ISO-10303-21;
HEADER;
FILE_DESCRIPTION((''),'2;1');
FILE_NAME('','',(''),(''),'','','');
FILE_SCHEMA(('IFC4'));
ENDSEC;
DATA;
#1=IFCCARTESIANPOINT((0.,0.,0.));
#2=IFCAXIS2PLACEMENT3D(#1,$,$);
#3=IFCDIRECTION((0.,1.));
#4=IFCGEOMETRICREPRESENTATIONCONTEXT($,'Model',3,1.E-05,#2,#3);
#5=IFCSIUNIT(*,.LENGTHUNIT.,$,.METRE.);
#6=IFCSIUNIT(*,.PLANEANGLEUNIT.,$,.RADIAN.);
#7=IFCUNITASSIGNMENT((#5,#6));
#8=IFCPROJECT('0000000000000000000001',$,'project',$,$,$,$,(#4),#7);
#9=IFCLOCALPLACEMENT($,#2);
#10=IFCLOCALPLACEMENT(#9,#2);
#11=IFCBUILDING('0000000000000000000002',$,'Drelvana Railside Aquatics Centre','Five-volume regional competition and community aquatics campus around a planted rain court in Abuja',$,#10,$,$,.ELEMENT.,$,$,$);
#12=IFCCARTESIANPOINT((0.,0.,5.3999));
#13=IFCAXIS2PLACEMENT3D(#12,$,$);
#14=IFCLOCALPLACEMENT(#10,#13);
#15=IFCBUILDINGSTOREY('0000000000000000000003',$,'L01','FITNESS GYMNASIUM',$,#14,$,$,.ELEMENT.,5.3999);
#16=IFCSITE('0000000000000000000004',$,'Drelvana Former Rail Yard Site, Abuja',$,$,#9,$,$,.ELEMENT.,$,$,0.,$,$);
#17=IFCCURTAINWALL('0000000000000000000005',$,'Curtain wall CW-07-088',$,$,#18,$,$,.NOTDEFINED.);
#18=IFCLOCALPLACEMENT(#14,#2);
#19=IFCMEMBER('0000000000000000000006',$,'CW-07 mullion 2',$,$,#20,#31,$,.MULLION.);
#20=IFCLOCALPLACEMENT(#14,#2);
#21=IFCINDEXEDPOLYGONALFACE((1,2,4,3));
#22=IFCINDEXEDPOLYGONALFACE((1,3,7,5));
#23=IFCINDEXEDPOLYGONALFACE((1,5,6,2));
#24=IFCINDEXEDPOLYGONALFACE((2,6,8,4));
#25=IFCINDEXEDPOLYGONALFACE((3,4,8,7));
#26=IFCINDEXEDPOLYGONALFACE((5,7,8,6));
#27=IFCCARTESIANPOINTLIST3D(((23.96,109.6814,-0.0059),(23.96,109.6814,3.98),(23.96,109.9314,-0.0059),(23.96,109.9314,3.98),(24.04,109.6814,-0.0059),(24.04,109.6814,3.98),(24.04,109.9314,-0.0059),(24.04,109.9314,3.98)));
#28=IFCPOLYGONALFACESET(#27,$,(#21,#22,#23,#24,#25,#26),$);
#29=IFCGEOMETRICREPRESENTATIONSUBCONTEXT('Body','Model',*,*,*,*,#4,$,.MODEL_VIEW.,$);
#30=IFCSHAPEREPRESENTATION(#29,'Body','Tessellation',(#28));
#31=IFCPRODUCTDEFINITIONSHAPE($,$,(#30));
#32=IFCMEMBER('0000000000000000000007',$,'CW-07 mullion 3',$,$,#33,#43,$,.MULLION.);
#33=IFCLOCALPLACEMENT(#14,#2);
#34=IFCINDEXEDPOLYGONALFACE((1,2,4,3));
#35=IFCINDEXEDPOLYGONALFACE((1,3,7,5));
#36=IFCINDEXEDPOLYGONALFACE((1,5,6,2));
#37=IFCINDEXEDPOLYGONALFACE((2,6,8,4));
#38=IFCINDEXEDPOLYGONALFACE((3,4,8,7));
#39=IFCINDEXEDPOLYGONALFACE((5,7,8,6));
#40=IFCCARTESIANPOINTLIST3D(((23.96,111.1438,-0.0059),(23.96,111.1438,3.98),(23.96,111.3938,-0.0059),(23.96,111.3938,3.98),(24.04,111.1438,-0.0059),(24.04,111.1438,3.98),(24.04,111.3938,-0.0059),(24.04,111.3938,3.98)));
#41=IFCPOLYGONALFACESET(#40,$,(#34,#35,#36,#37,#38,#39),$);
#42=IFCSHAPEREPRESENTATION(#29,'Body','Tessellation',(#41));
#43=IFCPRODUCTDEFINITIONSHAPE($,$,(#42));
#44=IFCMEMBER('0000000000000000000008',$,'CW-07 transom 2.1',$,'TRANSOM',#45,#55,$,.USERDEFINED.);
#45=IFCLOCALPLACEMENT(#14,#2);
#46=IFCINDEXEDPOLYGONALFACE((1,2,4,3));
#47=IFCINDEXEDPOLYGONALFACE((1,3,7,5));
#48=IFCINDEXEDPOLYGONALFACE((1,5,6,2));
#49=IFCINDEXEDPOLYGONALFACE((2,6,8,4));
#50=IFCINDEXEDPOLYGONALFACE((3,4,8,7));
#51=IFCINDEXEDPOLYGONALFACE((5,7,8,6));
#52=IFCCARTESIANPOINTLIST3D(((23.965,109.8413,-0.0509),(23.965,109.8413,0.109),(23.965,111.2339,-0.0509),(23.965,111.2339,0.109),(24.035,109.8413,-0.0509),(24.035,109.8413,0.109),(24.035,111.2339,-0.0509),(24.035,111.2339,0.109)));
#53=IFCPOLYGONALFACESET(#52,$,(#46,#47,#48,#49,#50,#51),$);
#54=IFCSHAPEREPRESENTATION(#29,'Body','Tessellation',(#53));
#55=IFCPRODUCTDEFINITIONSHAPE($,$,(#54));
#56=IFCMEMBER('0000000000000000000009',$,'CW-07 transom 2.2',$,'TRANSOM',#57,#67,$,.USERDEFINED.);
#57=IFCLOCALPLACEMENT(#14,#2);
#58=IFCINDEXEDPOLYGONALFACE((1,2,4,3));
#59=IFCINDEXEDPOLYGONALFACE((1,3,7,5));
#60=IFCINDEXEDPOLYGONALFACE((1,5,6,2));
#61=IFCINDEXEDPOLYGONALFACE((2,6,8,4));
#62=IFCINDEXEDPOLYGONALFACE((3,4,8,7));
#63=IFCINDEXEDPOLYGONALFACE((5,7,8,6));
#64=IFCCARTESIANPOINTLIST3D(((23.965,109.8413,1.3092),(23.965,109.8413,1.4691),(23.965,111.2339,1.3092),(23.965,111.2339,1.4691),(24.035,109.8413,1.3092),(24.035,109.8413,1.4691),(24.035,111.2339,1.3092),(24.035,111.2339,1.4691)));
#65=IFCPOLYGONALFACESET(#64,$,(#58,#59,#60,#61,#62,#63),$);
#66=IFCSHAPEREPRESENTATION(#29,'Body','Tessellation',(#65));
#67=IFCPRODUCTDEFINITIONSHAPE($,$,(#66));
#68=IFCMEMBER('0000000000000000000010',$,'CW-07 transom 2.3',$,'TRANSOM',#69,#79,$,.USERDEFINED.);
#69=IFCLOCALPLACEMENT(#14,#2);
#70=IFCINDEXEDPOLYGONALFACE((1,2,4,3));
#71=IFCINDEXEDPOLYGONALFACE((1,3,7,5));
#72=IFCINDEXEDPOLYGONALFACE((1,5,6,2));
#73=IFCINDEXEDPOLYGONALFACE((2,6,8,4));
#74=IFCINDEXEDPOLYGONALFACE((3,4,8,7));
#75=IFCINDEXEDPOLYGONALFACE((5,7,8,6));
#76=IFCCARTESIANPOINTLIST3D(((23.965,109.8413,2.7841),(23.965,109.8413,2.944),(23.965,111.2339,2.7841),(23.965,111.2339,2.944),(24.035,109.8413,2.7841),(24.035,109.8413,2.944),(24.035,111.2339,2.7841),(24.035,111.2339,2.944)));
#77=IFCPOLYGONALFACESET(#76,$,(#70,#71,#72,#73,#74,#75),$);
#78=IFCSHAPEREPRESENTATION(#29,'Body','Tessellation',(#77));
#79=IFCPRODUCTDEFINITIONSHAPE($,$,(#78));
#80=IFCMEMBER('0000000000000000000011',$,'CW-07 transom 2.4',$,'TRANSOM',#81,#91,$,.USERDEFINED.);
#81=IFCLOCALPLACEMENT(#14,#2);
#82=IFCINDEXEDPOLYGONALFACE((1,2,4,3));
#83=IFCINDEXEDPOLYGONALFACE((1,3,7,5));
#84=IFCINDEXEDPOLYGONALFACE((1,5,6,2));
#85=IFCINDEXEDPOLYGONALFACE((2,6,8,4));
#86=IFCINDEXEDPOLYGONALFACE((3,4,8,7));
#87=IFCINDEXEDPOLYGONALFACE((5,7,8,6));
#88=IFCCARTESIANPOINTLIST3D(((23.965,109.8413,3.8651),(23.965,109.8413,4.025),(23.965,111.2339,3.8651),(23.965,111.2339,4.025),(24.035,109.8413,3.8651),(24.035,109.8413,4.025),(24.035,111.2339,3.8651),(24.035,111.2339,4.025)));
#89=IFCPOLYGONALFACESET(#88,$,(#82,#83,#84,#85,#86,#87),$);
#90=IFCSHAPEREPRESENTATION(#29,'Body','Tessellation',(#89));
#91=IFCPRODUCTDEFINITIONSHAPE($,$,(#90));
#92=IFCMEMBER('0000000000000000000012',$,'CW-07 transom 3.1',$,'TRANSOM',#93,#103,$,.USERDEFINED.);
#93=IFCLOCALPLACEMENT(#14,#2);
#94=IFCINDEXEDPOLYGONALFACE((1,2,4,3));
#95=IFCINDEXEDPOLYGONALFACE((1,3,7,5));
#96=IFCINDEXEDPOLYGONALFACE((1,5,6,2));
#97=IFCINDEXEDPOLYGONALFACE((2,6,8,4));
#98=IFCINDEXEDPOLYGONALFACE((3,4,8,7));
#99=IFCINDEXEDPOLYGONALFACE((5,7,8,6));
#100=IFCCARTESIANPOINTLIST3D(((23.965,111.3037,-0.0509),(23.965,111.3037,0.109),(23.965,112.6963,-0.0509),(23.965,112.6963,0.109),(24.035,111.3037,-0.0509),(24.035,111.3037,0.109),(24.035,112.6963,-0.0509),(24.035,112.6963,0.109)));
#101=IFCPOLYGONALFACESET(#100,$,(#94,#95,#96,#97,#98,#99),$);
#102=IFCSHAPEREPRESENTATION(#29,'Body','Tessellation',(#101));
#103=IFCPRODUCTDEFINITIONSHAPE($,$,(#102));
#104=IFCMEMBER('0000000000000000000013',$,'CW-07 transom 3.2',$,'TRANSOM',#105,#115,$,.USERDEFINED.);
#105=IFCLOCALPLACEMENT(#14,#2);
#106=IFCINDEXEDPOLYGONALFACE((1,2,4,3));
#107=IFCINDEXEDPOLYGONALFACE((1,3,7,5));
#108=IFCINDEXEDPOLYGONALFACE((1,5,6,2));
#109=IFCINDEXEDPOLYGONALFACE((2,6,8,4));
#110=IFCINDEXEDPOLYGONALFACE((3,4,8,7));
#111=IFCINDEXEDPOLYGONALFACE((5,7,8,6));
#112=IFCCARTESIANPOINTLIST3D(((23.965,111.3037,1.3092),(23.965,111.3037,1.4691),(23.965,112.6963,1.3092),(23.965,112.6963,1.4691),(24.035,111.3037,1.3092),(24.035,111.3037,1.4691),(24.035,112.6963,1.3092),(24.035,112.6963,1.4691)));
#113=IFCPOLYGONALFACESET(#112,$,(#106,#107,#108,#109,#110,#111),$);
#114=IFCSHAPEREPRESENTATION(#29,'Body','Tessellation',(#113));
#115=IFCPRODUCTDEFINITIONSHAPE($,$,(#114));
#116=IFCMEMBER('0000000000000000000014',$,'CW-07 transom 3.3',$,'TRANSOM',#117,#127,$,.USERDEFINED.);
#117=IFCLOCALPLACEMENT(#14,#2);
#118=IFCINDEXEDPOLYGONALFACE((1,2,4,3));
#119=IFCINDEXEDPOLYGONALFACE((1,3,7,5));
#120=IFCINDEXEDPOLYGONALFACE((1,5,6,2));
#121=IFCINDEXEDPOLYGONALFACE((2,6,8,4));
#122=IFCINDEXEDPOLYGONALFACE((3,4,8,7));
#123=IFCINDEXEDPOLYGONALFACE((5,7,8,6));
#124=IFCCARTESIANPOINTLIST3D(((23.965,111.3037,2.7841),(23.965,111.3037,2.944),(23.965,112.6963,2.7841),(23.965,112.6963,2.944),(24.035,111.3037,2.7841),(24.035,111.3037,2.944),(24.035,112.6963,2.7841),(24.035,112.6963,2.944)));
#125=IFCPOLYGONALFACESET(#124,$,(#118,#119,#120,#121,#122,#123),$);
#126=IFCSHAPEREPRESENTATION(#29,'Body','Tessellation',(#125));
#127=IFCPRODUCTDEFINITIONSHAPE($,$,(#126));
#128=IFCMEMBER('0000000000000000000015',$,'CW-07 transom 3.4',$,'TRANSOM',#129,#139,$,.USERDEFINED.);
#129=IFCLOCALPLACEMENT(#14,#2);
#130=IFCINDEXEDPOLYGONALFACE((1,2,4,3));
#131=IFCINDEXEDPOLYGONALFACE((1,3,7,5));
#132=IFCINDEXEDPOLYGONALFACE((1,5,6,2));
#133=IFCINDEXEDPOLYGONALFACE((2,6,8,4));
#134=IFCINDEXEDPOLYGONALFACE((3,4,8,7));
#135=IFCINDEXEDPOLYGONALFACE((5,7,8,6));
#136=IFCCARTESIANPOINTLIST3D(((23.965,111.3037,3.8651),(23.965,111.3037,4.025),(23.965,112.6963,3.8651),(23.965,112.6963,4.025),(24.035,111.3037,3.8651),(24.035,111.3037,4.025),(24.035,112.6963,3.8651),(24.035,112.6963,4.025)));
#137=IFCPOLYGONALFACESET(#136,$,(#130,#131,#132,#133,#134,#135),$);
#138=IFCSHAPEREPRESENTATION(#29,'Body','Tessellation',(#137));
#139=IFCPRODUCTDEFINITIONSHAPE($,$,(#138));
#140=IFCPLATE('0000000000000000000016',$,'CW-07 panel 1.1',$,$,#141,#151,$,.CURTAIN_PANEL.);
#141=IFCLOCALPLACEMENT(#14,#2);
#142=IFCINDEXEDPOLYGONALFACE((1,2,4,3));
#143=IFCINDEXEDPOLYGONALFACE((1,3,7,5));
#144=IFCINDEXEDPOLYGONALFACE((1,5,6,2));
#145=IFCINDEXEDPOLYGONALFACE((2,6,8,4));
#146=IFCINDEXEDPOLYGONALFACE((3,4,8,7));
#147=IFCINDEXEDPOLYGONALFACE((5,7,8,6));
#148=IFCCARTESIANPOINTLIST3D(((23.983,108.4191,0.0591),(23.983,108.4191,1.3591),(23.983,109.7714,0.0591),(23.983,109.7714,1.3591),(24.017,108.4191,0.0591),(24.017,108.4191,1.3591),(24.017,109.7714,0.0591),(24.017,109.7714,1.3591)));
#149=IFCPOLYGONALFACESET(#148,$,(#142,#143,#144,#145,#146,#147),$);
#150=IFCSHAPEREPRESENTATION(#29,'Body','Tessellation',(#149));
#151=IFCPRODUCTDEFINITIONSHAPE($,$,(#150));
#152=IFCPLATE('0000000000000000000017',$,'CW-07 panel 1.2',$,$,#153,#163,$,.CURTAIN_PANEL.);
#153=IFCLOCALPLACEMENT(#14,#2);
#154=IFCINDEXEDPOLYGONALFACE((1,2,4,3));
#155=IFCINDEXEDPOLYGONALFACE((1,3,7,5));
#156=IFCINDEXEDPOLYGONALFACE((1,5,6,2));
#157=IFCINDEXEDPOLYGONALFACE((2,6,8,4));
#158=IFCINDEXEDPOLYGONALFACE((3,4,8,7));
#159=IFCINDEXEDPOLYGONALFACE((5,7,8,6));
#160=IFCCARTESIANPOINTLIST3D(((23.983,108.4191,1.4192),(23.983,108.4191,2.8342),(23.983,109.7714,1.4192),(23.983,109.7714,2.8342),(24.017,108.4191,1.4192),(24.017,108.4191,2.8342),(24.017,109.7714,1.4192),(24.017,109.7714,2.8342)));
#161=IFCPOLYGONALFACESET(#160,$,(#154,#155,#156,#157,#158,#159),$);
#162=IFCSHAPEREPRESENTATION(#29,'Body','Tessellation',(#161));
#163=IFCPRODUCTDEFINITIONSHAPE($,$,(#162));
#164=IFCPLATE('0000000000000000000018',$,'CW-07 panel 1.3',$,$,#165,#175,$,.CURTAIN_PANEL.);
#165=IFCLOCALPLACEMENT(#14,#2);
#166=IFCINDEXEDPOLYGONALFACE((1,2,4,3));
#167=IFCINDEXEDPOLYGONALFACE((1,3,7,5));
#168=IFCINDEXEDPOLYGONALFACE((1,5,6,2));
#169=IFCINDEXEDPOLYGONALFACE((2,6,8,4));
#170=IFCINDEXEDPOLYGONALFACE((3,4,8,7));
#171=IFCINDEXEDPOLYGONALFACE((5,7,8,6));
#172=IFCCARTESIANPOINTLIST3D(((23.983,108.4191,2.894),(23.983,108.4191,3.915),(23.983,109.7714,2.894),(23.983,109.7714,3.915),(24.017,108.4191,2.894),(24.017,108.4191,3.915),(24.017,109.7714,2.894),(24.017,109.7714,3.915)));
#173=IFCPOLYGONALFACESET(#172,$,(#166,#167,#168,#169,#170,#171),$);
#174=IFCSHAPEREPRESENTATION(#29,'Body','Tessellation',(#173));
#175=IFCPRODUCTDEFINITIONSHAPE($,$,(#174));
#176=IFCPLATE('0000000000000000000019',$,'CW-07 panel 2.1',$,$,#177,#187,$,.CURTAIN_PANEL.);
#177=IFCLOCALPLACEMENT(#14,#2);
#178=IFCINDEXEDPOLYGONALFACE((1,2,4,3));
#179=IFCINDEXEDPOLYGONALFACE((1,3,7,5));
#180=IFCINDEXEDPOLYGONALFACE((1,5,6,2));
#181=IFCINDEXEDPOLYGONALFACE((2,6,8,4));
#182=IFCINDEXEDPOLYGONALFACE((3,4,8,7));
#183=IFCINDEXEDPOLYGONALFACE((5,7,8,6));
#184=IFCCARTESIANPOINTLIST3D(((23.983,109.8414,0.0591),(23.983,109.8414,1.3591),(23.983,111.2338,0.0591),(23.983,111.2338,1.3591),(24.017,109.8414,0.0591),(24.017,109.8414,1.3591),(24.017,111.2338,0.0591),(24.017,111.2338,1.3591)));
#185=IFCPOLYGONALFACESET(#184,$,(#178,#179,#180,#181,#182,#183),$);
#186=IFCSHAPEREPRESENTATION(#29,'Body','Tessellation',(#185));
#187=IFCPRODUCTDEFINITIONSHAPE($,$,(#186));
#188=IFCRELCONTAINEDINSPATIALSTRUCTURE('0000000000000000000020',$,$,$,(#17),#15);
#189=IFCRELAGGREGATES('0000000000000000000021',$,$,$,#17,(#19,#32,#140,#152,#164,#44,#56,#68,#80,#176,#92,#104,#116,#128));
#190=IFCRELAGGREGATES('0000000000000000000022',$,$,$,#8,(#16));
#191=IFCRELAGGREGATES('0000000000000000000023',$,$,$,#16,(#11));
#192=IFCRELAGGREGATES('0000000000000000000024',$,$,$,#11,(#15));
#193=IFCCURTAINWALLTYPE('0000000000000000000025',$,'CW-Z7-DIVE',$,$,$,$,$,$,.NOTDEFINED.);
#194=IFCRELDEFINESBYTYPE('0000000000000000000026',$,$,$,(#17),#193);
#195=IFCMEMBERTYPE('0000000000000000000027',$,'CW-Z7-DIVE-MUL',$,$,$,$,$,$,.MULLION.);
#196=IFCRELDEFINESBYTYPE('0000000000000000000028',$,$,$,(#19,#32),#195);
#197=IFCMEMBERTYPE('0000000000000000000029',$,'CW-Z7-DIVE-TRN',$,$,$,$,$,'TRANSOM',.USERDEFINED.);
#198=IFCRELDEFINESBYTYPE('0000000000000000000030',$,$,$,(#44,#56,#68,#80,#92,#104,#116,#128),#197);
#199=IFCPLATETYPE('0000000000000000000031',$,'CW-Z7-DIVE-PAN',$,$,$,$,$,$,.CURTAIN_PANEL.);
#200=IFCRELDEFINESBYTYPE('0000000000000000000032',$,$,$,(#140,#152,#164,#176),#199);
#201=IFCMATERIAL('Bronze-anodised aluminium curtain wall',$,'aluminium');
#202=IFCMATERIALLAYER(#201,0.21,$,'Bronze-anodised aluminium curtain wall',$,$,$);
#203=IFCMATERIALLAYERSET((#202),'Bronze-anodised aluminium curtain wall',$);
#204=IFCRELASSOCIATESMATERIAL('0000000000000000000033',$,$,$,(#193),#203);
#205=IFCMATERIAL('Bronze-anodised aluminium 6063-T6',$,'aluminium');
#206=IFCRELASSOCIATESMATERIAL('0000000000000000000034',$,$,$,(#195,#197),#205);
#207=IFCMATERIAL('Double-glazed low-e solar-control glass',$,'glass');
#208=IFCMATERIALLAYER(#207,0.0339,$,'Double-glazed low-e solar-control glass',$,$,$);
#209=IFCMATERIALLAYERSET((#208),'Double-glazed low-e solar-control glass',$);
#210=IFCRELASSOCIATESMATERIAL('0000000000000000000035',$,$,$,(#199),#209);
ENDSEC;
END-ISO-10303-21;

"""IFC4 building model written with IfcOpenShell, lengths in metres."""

from ifc_helpers import new_model, si_unit, direction, frame, origin, origin_2d, place, context, subcontext, project, spatial, rectangle, extrude, material, layer, layer_set, material_profile, profile_set, type_object, element, aggregate, save


model = new_model("IFC4")

# Units and contexts
model_context = context("Model", 3, precision=1e-05, world=origin(), true_north=direction((0.0, 1.0)))
body_context = subcontext(model_context, "Body", "Model", "MODEL_VIEW")
ifc_project = project(units=[si_unit("LENGTHUNIT", "METRE"), si_unit("PLANEANGLEUNIT", "RADIAN")], contexts=[model_context])

# Site, building, storey
site_placement = place(None, origin())
site = spatial("IfcSite", under=ifc_project, at=site_placement, Name="Drelvana Former Rail Yard Site, Abuja", CompositionType="ELEMENT", RefElevation=0.0)
building_placement = place(site_placement, origin())
building = spatial("IfcBuilding", under=site, at=building_placement, Name="Drelvana Railside Aquatics Centre", Description="Five-volume regional competition and community aquatics campus around a planted rain court in Abuja", CompositionType="ELEMENT")
storey_placement = place(building_placement, frame((0.0, 0.0, 5.3999)))
storey = spatial("IfcBuildingStorey", under=building, at=storey_placement, Name="L01", Description="FITNESS GYMNASIUM", CompositionType="ELEMENT", Elevation=5.3999)

# Curtain wall, members, plates
ifc_material_1 = material(Name="Bronze-anodised aluminium curtain wall", Category="aluminium")
ifc_layer_1 = layer(ifc_material_1, 0.21, Name="Bronze-anodised aluminium curtain wall")
ifc_layer_set_1 = layer_set([ifc_layer_1], Name="Bronze-anodised aluminium curtain wall")
curtain_wall_type = type_object("IfcCurtainWallType", Name="CW-Z7-DIVE", PredefinedType="NOTDEFINED", material=ifc_layer_set_1)
curtain_wall_placement = place(storey_placement, origin())
curtain_wall = element("IfcCurtainWall", 1, at=curtain_wall_placement, inside=storey, type_object=curtain_wall_type, Name="Curtain wall CW-07-088", PredefinedType="NOTDEFINED")
ifc_material_2 = material(Name="Bronze-anodised aluminium 6063-T6", Category="aluminium")
ifc_material_profile_1 = material_profile(ifc_material_2, rectangle(XDim=0.0801, YDim=0.25, at=origin_2d()), Name="ALU-M 80x250")
ifc_profile_set_1 = profile_set([ifc_material_profile_1], Name="Bronze-anodised aluminium 6063-T6")
member_type_1 = type_object("IfcMemberType", Name="CW-Z7-DIVE-MUL", PredefinedType="MULLION", material=ifc_profile_set_1)
member_1_placement = place(storey_placement, frame((24.0, 109.8064, -0.0059), z_axis=(0.0, 0.0, 1.0), x_axis=(-1.0, 0.0, 0.0)))
member_1 = element("IfcMember", 2, at=member_1_placement, type_object=member_type_1, Name="CW-07 mullion 2", PredefinedType="MULLION", context=body_context, shape_type="SweptSolid", body=[
    extrude(rectangle(XDim=0.0801, YDim=0.25, at=origin_2d()), origin(), (0.0, 0.0, 1.0), 3.9858),
])
member_2_placement = place(storey_placement, frame((24.0, 111.2688, -0.0059), z_axis=(0.0, 0.0, 1.0), x_axis=(-1.0, 0.0, 0.0)))
member_2 = element("IfcMember", 3, at=member_2_placement, type_object=member_type_1, Name="CW-07 mullion 3", PredefinedType="MULLION", context=body_context, shape_type="SweptSolid", body=[
    extrude(rectangle(XDim=0.0801, YDim=0.25, at=origin_2d()), origin(), (0.0, 0.0, 1.0), 3.9858),
])
ifc_material_profile_2 = material_profile(ifc_material_2, rectangle(XDim=0.1599, YDim=0.0701, at=origin_2d()), Name="ALU-T 70x160")
ifc_profile_set_2 = profile_set([ifc_material_profile_2], Name="Bronze-anodised aluminium 6063-T6")
member_type_2 = type_object("IfcMemberType", Name="CW-Z7-DIVE-TRN", ElementType="TRANSOM", PredefinedType="USERDEFINED", material=ifc_profile_set_2)
member_3_placement = place(storey_placement, frame((24.0, 109.8413, 0.0291), z_axis=(0.0, 1.0, 0.0), x_axis=(0.0, 0.0, 1.0)))
member_3 = element("IfcMember", 4, at=member_3_placement, type_object=member_type_2, Name="CW-07 transom 2.1", ObjectType="TRANSOM", PredefinedType="USERDEFINED", context=body_context, shape_type="SweptSolid", body=[
    extrude(rectangle(XDim=0.1599, YDim=0.0701, at=origin_2d()), origin(), (0.0, 0.0, 1.0), 1.3926),
])
member_4_placement = place(storey_placement, frame((24.0, 109.8413, 1.3892), z_axis=(0.0, 1.0, 0.0), x_axis=(0.0, 0.0, 1.0)))
member_4 = element("IfcMember", 5, at=member_4_placement, type_object=member_type_2, Name="CW-07 transom 2.2", ObjectType="TRANSOM", PredefinedType="USERDEFINED", context=body_context, shape_type="SweptSolid", body=[
    extrude(rectangle(XDim=0.1599, YDim=0.0701, at=origin_2d()), origin(), (0.0, 0.0, 1.0), 1.3926),
])
member_5_placement = place(storey_placement, frame((24.0, 109.8413, 2.864), z_axis=(0.0, 1.0, 0.0), x_axis=(0.0, 0.0, 1.0)))
member_5 = element("IfcMember", 6, at=member_5_placement, type_object=member_type_2, Name="CW-07 transom 2.3", ObjectType="TRANSOM", PredefinedType="USERDEFINED", context=body_context, shape_type="SweptSolid", body=[
    extrude(rectangle(XDim=0.1599, YDim=0.0701, at=origin_2d()), origin(), (0.0, 0.0, 1.0), 1.3926),
])
member_6_placement = place(storey_placement, frame((24.0, 109.8413, 3.9451), z_axis=(0.0, 1.0, 0.0), x_axis=(0.0, 0.0, 1.0)))
member_6 = element("IfcMember", 7, at=member_6_placement, type_object=member_type_2, Name="CW-07 transom 2.4", ObjectType="TRANSOM", PredefinedType="USERDEFINED", context=body_context, shape_type="SweptSolid", body=[
    extrude(rectangle(XDim=0.1599, YDim=0.0701, at=origin_2d()), origin(), (0.0, 0.0, 1.0), 1.3926),
])
member_7_placement = place(storey_placement, frame((24.0, 111.3037, 0.0291), z_axis=(0.0, 1.0, 0.0), x_axis=(0.0, 0.0, 1.0)))
member_7 = element("IfcMember", 8, at=member_7_placement, type_object=member_type_2, Name="CW-07 transom 3.1", ObjectType="TRANSOM", PredefinedType="USERDEFINED", context=body_context, shape_type="SweptSolid", body=[
    extrude(rectangle(XDim=0.1599, YDim=0.0701, at=origin_2d()), origin(), (0.0, 0.0, 1.0), 1.3926),
])
member_8_placement = place(storey_placement, frame((24.0, 111.3037, 1.3892), z_axis=(0.0, 1.0, 0.0), x_axis=(0.0, 0.0, 1.0)))
member_8 = element("IfcMember", 9, at=member_8_placement, type_object=member_type_2, Name="CW-07 transom 3.2", ObjectType="TRANSOM", PredefinedType="USERDEFINED", context=body_context, shape_type="SweptSolid", body=[
    extrude(rectangle(XDim=0.1599, YDim=0.0701, at=origin_2d()), origin(), (0.0, 0.0, 1.0), 1.3926),
])
member_9_placement = place(storey_placement, frame((24.0, 111.3037, 2.864), z_axis=(0.0, 1.0, 0.0), x_axis=(0.0, 0.0, 1.0)))
member_9 = element("IfcMember", 10, at=member_9_placement, type_object=member_type_2, Name="CW-07 transom 3.3", ObjectType="TRANSOM", PredefinedType="USERDEFINED", context=body_context, shape_type="SweptSolid", body=[
    extrude(rectangle(XDim=0.1599, YDim=0.0701, at=origin_2d()), origin(), (0.0, 0.0, 1.0), 1.3926),
])
member_10_placement = place(storey_placement, frame((24.0, 111.3037, 3.9451), z_axis=(0.0, 1.0, 0.0), x_axis=(0.0, 0.0, 1.0)))
member_10 = element("IfcMember", 11, at=member_10_placement, type_object=member_type_2, Name="CW-07 transom 3.4", ObjectType="TRANSOM", PredefinedType="USERDEFINED", context=body_context, shape_type="SweptSolid", body=[
    extrude(rectangle(XDim=0.1599, YDim=0.0701, at=origin_2d()), origin(), (0.0, 0.0, 1.0), 1.3926),
])
ifc_material_3 = material(Name="Double-glazed low-e solar-control glass", Category="glass")
ifc_layer_2 = layer(ifc_material_3, 0.0339, Name="Double-glazed low-e solar-control glass")
ifc_layer_set_2 = layer_set([ifc_layer_2], Name="Double-glazed low-e solar-control glass")
plate_type = type_object("IfcPlateType", Name="CW-Z7-DIVE-PAN", PredefinedType="CURTAIN_PANEL", material=ifc_layer_set_2)
plate_1_placement = place(storey_placement, frame((24.0, 109.0952, 0.0591), z_axis=(0.0, 0.0, 1.0), x_axis=(0.0, 1.0, 0.0)))
plate_1 = element("IfcPlate", 12, at=plate_1_placement, type_object=plate_type, Name="CW-07 panel 1.1", PredefinedType="CURTAIN_PANEL", context=body_context, shape_type="SweptSolid", body=[
    extrude(rectangle(XDim=1.3523, YDim=0.0339, at=origin_2d()), origin(), (0.0, 0.0, 1.0), 1.3),
])
plate_2_placement = place(storey_placement, frame((24.0, 109.0952, 1.4192), z_axis=(0.0, 0.0, 1.0), x_axis=(0.0, 1.0, 0.0)))
plate_2 = element("IfcPlate", 13, at=plate_2_placement, type_object=plate_type, Name="CW-07 panel 1.2", PredefinedType="CURTAIN_PANEL", context=body_context, shape_type="SweptSolid", body=[
    extrude(rectangle(XDim=1.3523, YDim=0.0339, at=origin_2d()), origin(), (0.0, 0.0, 1.0), 1.415),
])
plate_3_placement = place(storey_placement, frame((24.0, 109.0952, 2.894), z_axis=(0.0, 0.0, 1.0), x_axis=(0.0, 1.0, 0.0)))
plate_3 = element("IfcPlate", 14, at=plate_3_placement, type_object=plate_type, Name="CW-07 panel 1.3", PredefinedType="CURTAIN_PANEL", context=body_context, shape_type="SweptSolid", body=[
    extrude(rectangle(XDim=1.3523, YDim=0.0339, at=origin_2d()), origin(), (0.0, 0.0, 1.0), 1.021),
])
plate_4_placement = place(storey_placement, frame((24.0, 110.5376, 0.0591), z_axis=(0.0, 0.0, 1.0), x_axis=(0.0, 1.0, 0.0)))
plate_4 = element("IfcPlate", 15, at=plate_4_placement, type_object=plate_type, Name="CW-07 panel 2.1", PredefinedType="CURTAIN_PANEL", context=body_context, shape_type="SweptSolid", body=[
    extrude(rectangle(XDim=1.3923, YDim=0.0339, at=origin_2d()), origin(), (0.0, 0.0, 1.0), 1.3),
])
aggregate(curtain_wall, [member_1, member_2, plate_1, plate_2, plate_3, member_3, member_4, member_5, member_6, plate_4, member_7, member_8, member_9, member_10])

save(model, "model.ifc")
